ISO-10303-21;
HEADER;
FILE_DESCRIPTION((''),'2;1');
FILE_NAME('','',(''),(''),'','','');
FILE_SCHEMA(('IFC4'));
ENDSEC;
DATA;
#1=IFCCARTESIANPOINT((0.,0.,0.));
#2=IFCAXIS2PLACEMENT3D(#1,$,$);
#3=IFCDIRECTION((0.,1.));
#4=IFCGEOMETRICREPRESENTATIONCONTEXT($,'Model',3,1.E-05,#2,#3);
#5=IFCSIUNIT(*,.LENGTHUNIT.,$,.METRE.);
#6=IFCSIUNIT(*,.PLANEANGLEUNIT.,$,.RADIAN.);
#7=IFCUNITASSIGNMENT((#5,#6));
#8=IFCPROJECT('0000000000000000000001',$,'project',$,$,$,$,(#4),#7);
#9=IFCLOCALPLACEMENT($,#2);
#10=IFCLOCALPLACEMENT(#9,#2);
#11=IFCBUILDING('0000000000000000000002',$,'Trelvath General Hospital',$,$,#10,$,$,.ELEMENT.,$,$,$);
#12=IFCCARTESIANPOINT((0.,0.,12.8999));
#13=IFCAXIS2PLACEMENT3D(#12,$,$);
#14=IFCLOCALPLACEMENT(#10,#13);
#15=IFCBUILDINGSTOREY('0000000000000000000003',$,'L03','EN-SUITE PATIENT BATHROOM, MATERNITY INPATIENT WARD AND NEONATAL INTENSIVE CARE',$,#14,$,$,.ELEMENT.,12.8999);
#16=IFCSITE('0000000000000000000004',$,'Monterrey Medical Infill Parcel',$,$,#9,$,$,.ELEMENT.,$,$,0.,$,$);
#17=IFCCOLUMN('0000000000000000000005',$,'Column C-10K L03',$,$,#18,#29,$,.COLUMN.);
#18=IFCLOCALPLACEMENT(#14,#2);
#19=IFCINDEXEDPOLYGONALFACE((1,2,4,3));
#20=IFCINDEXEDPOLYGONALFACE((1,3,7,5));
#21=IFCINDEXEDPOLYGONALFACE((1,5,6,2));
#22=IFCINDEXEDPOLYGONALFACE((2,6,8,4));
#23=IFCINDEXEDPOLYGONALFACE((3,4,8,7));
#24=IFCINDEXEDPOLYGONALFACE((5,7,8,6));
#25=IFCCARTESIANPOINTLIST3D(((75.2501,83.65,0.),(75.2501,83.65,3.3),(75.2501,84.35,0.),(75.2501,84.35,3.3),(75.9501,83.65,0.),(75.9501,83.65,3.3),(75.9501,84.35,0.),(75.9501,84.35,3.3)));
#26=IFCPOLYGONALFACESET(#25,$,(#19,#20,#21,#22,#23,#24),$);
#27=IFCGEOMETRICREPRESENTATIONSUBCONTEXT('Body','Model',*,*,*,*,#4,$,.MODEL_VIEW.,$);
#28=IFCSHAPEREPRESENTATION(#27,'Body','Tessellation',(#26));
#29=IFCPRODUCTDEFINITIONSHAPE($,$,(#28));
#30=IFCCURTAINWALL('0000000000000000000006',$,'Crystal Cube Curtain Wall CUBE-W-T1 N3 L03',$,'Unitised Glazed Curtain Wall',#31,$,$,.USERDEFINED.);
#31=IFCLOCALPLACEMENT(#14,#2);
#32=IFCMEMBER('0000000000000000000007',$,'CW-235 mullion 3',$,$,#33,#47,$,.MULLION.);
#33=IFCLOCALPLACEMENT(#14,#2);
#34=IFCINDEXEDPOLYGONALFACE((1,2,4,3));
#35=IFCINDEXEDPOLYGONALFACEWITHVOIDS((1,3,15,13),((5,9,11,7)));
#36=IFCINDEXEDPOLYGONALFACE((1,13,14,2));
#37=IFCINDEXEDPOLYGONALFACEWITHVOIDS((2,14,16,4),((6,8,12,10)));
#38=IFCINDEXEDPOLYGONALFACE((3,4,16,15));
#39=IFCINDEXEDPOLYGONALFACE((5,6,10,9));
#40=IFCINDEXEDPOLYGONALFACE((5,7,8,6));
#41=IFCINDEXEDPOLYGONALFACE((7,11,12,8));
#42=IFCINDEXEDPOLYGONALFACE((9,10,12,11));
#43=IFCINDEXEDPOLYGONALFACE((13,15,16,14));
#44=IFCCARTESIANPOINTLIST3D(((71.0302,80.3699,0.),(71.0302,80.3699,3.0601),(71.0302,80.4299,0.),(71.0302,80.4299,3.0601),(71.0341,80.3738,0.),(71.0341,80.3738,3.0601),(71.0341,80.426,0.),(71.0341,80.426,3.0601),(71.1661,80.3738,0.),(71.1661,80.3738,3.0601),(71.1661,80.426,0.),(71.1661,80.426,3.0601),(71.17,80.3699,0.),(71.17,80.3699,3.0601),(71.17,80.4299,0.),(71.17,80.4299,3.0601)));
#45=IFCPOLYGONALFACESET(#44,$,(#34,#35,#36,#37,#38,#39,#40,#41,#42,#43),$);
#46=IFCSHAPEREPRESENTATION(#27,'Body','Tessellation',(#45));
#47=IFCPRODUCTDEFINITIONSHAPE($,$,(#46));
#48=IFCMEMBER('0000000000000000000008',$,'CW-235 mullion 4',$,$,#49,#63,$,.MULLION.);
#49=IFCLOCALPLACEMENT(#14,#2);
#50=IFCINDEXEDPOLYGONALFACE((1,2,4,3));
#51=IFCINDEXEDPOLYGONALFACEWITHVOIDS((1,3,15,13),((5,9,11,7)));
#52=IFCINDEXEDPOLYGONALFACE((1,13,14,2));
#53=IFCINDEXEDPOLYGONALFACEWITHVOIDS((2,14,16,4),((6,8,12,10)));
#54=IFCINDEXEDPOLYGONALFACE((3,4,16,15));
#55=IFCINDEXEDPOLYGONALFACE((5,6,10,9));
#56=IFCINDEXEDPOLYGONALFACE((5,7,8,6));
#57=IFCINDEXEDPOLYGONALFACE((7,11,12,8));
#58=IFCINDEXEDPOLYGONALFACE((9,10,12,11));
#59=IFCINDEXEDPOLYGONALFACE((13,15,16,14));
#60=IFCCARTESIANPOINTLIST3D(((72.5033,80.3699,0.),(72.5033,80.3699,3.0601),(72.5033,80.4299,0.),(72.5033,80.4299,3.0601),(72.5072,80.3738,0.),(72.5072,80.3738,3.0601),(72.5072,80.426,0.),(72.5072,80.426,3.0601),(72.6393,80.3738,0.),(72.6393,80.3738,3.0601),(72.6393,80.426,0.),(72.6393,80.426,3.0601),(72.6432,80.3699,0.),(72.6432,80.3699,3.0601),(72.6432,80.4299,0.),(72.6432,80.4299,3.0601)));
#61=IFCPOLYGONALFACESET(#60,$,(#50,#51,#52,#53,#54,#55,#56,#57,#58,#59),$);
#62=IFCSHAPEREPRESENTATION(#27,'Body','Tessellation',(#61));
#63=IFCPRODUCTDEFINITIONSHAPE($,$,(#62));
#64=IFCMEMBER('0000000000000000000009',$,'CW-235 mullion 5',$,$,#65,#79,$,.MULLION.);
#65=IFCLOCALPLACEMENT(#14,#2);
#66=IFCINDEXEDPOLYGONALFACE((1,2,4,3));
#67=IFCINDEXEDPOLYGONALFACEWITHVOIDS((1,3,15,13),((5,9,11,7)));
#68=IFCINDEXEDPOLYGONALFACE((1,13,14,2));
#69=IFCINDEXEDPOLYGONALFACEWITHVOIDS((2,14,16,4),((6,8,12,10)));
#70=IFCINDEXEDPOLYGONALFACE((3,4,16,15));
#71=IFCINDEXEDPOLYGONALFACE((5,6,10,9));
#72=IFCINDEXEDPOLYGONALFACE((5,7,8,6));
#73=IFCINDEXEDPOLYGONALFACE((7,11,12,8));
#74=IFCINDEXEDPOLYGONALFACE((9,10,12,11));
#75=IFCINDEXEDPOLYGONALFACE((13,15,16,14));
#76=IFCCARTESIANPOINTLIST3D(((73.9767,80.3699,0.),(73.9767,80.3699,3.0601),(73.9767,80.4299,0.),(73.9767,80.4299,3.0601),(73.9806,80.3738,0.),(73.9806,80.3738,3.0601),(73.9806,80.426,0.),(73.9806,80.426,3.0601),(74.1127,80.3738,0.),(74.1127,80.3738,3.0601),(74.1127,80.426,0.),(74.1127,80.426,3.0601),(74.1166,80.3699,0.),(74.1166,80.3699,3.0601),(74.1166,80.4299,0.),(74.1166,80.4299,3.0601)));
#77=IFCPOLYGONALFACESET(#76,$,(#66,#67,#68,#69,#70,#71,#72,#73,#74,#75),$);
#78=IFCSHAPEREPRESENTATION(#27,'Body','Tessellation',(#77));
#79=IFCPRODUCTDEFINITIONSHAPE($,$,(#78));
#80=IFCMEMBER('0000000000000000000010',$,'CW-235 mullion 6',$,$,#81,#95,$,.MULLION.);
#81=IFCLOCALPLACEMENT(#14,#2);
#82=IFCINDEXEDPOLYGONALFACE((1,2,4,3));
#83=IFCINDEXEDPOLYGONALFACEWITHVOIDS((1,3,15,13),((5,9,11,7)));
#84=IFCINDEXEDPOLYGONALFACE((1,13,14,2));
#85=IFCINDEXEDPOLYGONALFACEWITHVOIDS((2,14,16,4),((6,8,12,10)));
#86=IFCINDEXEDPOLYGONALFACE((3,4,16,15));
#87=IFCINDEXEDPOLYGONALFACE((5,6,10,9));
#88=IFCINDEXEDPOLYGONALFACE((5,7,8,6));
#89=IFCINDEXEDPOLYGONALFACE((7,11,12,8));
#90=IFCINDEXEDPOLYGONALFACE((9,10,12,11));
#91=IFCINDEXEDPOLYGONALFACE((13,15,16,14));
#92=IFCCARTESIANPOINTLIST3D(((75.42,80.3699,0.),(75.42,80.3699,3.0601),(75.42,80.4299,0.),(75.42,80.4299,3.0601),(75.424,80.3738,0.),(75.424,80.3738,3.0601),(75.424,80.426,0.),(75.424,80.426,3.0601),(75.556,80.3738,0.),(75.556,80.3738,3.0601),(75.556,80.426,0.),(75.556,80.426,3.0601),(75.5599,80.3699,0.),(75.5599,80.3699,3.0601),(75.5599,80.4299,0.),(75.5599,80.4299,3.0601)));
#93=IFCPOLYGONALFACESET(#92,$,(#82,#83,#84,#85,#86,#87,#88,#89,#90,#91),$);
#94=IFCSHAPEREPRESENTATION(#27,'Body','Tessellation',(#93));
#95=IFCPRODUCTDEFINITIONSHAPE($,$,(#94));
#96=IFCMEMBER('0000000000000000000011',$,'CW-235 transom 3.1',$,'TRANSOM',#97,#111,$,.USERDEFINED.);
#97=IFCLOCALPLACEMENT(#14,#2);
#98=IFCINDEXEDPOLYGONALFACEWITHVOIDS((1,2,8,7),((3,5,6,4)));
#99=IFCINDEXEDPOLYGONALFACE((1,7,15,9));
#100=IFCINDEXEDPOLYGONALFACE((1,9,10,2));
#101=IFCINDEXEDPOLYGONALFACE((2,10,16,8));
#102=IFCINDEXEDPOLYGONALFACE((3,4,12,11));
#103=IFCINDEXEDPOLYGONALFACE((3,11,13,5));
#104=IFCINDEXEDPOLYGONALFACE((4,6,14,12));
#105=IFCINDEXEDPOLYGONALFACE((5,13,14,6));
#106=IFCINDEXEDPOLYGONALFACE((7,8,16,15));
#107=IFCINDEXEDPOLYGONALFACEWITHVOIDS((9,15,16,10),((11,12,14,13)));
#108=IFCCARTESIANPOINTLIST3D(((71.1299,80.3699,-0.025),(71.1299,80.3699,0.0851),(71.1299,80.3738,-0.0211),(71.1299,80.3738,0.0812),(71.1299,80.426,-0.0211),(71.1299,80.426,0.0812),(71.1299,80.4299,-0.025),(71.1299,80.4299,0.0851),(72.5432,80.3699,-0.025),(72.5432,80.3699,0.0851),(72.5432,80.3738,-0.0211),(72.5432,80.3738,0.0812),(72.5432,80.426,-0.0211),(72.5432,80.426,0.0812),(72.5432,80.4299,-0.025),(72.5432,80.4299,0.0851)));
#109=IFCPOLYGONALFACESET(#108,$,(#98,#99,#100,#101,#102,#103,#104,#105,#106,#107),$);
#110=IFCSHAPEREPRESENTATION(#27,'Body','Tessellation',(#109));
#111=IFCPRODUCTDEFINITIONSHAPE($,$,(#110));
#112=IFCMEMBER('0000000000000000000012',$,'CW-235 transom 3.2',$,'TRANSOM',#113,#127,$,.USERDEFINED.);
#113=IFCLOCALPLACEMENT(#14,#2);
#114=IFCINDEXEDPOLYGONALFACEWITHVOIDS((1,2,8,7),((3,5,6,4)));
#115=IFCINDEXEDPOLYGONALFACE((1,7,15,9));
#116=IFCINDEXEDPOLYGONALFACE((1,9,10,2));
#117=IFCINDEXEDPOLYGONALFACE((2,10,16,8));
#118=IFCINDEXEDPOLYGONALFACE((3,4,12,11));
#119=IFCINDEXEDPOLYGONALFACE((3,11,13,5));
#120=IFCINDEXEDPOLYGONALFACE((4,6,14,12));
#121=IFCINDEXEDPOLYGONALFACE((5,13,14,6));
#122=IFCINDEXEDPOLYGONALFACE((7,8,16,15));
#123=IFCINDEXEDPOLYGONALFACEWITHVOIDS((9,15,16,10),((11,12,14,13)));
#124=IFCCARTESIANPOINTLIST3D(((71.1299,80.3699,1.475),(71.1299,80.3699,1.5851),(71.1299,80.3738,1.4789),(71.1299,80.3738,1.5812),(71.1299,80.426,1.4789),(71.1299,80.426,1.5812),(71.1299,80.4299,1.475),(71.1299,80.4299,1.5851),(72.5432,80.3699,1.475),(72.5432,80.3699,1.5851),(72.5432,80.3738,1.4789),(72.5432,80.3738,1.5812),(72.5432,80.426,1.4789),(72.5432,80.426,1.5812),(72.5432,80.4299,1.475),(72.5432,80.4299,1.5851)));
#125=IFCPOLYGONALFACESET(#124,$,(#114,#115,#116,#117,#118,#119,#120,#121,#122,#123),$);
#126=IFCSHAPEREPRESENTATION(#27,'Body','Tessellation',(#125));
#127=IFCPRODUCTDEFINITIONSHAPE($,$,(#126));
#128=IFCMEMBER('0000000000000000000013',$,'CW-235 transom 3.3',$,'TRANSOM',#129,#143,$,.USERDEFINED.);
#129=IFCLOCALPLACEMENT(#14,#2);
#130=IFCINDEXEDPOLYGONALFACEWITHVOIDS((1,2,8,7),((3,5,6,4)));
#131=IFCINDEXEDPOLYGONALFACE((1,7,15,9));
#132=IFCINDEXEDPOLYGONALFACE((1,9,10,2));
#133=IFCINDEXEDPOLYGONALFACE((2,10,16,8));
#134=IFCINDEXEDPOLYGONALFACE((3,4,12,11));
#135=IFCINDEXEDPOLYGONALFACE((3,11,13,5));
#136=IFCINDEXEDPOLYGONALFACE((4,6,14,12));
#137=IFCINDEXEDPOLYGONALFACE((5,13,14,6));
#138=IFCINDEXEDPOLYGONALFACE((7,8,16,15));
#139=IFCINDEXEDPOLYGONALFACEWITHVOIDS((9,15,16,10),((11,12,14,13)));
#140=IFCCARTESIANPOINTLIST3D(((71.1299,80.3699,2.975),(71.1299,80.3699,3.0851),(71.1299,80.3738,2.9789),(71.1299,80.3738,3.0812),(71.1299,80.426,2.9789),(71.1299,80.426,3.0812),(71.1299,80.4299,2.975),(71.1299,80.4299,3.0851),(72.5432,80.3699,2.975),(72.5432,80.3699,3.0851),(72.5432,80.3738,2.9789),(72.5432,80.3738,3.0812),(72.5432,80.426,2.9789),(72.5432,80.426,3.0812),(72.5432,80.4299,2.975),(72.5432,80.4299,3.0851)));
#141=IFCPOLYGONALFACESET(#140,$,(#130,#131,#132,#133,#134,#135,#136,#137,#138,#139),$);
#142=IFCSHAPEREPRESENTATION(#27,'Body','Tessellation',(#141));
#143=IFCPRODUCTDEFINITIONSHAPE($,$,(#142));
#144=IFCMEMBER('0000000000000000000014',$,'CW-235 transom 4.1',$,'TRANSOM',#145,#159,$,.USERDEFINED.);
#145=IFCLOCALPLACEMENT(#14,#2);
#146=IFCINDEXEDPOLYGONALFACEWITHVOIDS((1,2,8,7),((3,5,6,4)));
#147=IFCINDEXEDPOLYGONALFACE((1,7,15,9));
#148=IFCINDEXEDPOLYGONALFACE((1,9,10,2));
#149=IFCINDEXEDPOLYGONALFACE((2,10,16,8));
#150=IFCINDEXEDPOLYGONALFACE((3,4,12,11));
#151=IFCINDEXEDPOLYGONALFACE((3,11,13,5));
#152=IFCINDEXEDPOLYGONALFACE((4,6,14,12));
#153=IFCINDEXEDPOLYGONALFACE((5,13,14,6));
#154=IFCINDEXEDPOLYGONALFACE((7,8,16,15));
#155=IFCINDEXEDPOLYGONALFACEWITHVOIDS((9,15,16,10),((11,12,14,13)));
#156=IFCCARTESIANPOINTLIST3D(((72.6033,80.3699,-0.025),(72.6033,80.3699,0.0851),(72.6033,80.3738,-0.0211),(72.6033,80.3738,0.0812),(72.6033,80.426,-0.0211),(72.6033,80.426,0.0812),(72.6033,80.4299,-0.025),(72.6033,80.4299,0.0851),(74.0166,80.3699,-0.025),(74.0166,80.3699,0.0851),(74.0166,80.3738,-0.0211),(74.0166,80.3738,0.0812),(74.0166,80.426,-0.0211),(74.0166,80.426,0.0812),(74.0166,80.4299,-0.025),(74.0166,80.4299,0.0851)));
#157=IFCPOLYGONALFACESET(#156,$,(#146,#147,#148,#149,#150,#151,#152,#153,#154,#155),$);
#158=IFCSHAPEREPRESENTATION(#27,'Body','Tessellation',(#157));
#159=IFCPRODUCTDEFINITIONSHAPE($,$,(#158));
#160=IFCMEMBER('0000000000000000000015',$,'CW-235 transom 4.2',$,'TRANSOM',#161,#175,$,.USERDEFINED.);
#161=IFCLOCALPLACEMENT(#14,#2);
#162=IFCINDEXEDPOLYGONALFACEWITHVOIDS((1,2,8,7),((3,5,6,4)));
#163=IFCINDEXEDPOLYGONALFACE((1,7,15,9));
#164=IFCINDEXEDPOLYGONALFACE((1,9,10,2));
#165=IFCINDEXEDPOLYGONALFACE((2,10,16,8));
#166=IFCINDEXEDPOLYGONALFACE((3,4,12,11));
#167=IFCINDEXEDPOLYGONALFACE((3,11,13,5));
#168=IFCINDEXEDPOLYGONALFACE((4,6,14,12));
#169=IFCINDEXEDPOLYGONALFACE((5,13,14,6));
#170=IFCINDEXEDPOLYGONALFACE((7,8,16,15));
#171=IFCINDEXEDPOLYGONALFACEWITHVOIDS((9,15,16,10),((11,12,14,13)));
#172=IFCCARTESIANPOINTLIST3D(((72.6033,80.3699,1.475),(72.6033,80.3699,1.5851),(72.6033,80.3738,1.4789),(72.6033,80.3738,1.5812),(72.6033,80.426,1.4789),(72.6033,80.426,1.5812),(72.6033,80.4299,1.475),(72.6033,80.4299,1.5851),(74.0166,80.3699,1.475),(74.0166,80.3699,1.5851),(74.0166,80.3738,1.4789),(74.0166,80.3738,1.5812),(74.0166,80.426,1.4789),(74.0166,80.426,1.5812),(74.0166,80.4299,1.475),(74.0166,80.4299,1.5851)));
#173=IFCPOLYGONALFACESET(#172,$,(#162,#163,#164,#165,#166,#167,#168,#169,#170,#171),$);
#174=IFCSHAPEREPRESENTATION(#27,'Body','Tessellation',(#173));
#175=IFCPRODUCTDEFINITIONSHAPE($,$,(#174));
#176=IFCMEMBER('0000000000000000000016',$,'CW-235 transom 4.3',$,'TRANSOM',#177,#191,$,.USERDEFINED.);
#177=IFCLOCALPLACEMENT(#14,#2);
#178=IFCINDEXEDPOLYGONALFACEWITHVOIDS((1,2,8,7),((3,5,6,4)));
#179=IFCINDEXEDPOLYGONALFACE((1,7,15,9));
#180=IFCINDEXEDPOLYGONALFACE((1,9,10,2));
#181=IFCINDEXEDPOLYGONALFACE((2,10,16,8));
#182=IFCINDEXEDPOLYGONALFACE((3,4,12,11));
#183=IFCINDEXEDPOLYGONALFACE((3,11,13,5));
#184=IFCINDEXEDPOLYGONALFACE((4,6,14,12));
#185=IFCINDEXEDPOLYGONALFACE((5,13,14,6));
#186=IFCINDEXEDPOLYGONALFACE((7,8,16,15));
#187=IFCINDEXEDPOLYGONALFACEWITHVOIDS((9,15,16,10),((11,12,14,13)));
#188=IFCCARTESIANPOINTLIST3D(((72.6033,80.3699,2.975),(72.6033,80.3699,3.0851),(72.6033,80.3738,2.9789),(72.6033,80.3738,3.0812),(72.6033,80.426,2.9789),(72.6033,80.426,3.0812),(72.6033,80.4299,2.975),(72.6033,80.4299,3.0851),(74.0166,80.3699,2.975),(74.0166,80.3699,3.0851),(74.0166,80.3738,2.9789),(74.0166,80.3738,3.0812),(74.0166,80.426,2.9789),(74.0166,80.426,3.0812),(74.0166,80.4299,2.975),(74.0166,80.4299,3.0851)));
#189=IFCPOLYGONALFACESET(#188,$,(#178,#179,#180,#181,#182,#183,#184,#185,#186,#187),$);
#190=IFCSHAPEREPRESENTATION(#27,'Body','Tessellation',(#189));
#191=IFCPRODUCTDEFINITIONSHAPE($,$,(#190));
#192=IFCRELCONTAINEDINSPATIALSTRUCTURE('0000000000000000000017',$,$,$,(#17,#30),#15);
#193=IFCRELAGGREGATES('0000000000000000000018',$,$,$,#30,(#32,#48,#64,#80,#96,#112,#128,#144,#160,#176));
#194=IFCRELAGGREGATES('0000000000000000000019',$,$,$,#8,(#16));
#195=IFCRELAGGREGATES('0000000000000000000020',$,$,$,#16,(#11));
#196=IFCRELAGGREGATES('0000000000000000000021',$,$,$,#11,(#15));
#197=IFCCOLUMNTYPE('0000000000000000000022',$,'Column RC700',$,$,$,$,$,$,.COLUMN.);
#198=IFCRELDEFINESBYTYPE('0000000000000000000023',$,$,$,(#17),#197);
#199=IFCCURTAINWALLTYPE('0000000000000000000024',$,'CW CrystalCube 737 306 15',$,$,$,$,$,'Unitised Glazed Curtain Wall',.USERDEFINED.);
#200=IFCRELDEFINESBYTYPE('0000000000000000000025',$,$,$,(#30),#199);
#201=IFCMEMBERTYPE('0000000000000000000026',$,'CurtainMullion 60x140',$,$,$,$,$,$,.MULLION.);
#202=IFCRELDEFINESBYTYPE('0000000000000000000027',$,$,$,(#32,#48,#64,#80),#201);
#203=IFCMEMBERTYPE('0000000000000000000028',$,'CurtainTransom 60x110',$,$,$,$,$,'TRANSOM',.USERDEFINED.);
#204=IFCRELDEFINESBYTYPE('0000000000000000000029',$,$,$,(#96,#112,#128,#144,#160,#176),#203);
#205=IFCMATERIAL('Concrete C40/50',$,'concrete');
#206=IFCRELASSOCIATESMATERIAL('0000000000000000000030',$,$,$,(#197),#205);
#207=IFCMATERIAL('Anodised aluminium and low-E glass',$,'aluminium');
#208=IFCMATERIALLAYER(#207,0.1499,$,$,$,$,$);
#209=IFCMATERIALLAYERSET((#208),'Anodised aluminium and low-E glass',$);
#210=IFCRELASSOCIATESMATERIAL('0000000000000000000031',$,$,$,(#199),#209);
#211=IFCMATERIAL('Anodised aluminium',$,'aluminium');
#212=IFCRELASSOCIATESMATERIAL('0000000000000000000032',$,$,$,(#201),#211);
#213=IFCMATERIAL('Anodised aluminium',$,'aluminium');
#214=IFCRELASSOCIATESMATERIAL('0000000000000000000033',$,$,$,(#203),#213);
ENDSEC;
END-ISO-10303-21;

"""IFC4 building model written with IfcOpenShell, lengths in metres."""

from ifc_helpers import new_model, si_unit, direction, frame, origin, origin_2d, place, context, subcontext, project, spatial, rectangle, hollow_rectangle, extrude, material, layer, layer_set, material_profile, profile_set, type_object, element, aggregate, save


model = new_model("IFC4")

# Units and contexts
model_context = context("Model", 3, precision=1e-05, world=origin(), true_north=direction((0.0, 1.0)))
body_context = subcontext(model_context, "Body", "Model", "MODEL_VIEW")
ifc_project = project(units=[si_unit("LENGTHUNIT", "METRE"), si_unit("PLANEANGLEUNIT", "RADIAN")], contexts=[model_context])

# Site, building, storey
site_placement = place(None, origin())
site = spatial("IfcSite", under=ifc_project, at=site_placement, Name="Monterrey Medical Infill Parcel", CompositionType="ELEMENT", RefElevation=0.0)
building_placement = place(site_placement, origin())
building = spatial("IfcBuilding", under=site, at=building_placement, Name="Trelvath General Hospital", CompositionType="ELEMENT")
storey_placement = place(building_placement, frame((0.0, 0.0, 12.8999)))
storey = spatial("IfcBuildingStorey", under=building, at=storey_placement, Name="L03", Description="EN-SUITE PATIENT BATHROOM, MATERNITY INPATIENT WARD AND NEONATAL INTENSIVE CARE", CompositionType="ELEMENT", Elevation=12.8999)

# Column
ifc_material_1 = material(Name="Concrete C40/50", Category="concrete")
ifc_material_profile_1 = material_profile(ifc_material_1, rectangle(XDim=0.7, YDim=0.7, at=origin_2d()), Name="RC700x700")
ifc_profile_set_1 = profile_set([ifc_material_profile_1], Name="Concrete C40/50")
column_type = type_object("IfcColumnType", Name="Column RC700", PredefinedType="COLUMN", material=ifc_profile_set_1)
column_placement = place(storey_placement, frame((75.6001, 84.0, 0.0), z_axis=(0.0, 0.0, 1.0), x_axis=(1.0, 0.0, 0.0)))
element("IfcColumn", 1, at=column_placement, inside=storey, type_object=column_type, Name="Column C-10K L03", PredefinedType="COLUMN", context=body_context, shape_type="SweptSolid", body=[
    extrude(rectangle(XDim=0.7, YDim=0.7, at=origin_2d()), origin(), (0.0, 0.0, 1.0), 3.3),
])

# Curtain wall, members
ifc_material_2 = material(Name="Anodised aluminium and low-E glass", Category="aluminium")
ifc_layer_1 = layer(ifc_material_2, 0.1499)
ifc_layer_set_1 = layer_set([ifc_layer_1], Name="Anodised aluminium and low-E glass")
curtain_wall_type = type_object("IfcCurtainWallType", Name="CW CrystalCube 737 306 15", ElementType="Unitised Glazed Curtain Wall", PredefinedType="USERDEFINED", material=ifc_layer_set_1)
curtain_wall_placement = place(storey_placement, origin())
curtain_wall = element("IfcCurtainWall", 2, at=curtain_wall_placement, inside=storey, type_object=curtain_wall_type, Name="Crystal Cube Curtain Wall CUBE-W-T1 N3 L03", ObjectType="Unitised Glazed Curtain Wall", PredefinedType="USERDEFINED")
ifc_material_3 = material(Name="Anodised aluminium", Category="aluminium")
ifc_material_profile_2 = material_profile(ifc_material_3, hollow_rectangle(XDim=0.0601, YDim=0.1399, WallThickness=0.0039, at=origin_2d()), Name="RHS60x140x4")
ifc_profile_set_2 = profile_set([ifc_material_profile_2], Name="Anodised aluminium")
member_type_1 = type_object("IfcMemberType", Name="CurtainMullion 60x140", PredefinedType="MULLION", material=ifc_profile_set_2)
member_1_placement = place(storey_placement, frame((71.1001, 80.3999, 0.0), z_axis=(0.0, 0.0, 1.0), x_axis=(0.0, 1.0, 0.0)))
member_1 = element("IfcMember", 3, at=member_1_placement, type_object=member_type_1, Name="CW-235 mullion 3", PredefinedType="MULLION", context=body_context, shape_type="SweptSolid", body=[
    extrude(hollow_rectangle(XDim=0.0601, YDim=0.1399, WallThickness=0.0039, at=origin_2d()), origin(), (0.0, 0.0, 1.0), 3.0601),
])
member_2_placement = place(storey_placement, frame((72.5732, 80.3999, 0.0), z_axis=(0.0, 0.0, 1.0), x_axis=(0.0, 1.0, 0.0)))
member_2 = element("IfcMember", 4, at=member_2_placement, type_object=member_type_1, Name="CW-235 mullion 4", PredefinedType="MULLION", context=body_context, shape_type="SweptSolid", body=[
    extrude(hollow_rectangle(XDim=0.0601, YDim=0.1399, WallThickness=0.0039, at=origin_2d()), origin(), (0.0, 0.0, 1.0), 3.0601),
])
member_3_placement = place(storey_placement, frame((74.0466, 80.3999, 0.0), z_axis=(0.0, 0.0, 1.0), x_axis=(0.0, 1.0, 0.0)))
member_3 = element("IfcMember", 5, at=member_3_placement, type_object=member_type_1, Name="CW-235 mullion 5", PredefinedType="MULLION", context=body_context, shape_type="SweptSolid", body=[
    extrude(hollow_rectangle(XDim=0.0601, YDim=0.1399, WallThickness=0.0039, at=origin_2d()), origin(), (0.0, 0.0, 1.0), 3.0601),
])
member_4_placement = place(storey_placement, frame((75.49, 80.3999, 0.0), z_axis=(0.0, 0.0, 1.0), x_axis=(0.0, 1.0, 0.0)))
member_4 = element("IfcMember", 6, at=member_4_placement, type_object=member_type_1, Name="CW-235 mullion 6", PredefinedType="MULLION", context=body_context, shape_type="SweptSolid", body=[
    extrude(hollow_rectangle(XDim=0.0601, YDim=0.1399, WallThickness=0.0039, at=origin_2d()), origin(), (0.0, 0.0, 1.0), 3.0601),
])
ifc_material_4 = material(Name="Anodised aluminium", Category="aluminium")
ifc_material_profile_3 = material_profile(ifc_material_4, hollow_rectangle(XDim=0.0601, YDim=0.1101, WallThickness=0.0039, at=origin_2d()), Name="RHS60x110x4")
ifc_profile_set_3 = profile_set([ifc_material_profile_3], Name="Anodised aluminium")
member_type_2 = type_object("IfcMemberType", Name="CurtainTransom 60x110", ElementType="TRANSOM", PredefinedType="USERDEFINED", material=ifc_profile_set_3)
member_5_placement = place(storey_placement, frame((71.1299, 80.3999, 0.03), z_axis=(1.0, 0.0, 0.0), x_axis=(0.0, 1.0, 0.0)))
member_5 = element("IfcMember", 7, at=member_5_placement, type_object=member_type_2, Name="CW-235 transom 3.1", ObjectType="TRANSOM", PredefinedType="USERDEFINED", context=body_context, shape_type="SweptSolid", body=[
    extrude(hollow_rectangle(XDim=0.0601, YDim=0.1101, WallThickness=0.0039, at=origin_2d()), origin(), (0.0, 0.0, 1.0), 1.4133),
])
member_6_placement = place(storey_placement, frame((71.1299, 80.3999, 1.53), z_axis=(1.0, 0.0, 0.0), x_axis=(0.0, 1.0, 0.0)))
member_6 = element("IfcMember", 8, at=member_6_placement, type_object=member_type_2, Name="CW-235 transom 3.2", ObjectType="TRANSOM", PredefinedType="USERDEFINED", context=body_context, shape_type="SweptSolid", body=[
    extrude(hollow_rectangle(XDim=0.0601, YDim=0.1101, WallThickness=0.0039, at=origin_2d()), origin(), (0.0, 0.0, 1.0), 1.4133),
])
member_7_placement = place(storey_placement, frame((71.1299, 80.3999, 3.03), z_axis=(1.0, 0.0, 0.0), x_axis=(0.0, 1.0, 0.0)))
member_7 = element("IfcMember", 9, at=member_7_placement, type_object=member_type_2, Name="CW-235 transom 3.3", ObjectType="TRANSOM", PredefinedType="USERDEFINED", context=body_context, shape_type="SweptSolid", body=[
    extrude(hollow_rectangle(XDim=0.0601, YDim=0.1101, WallThickness=0.0039, at=origin_2d()), origin(), (0.0, 0.0, 1.0), 1.4133),
])
member_8_placement = place(storey_placement, frame((72.6033, 80.3999, 0.03), z_axis=(1.0, 0.0, 0.0), x_axis=(0.0, 1.0, 0.0)))
member_8 = element("IfcMember", 10, at=member_8_placement, type_object=member_type_2, Name="CW-235 transom 4.1", ObjectType="TRANSOM", PredefinedType="USERDEFINED", context=body_context, shape_type="SweptSolid", body=[
    extrude(hollow_rectangle(XDim=0.0601, YDim=0.1101, WallThickness=0.0039, at=origin_2d()), origin(), (0.0, 0.0, 1.0), 1.4133),
])
member_9_placement = place(storey_placement, frame((72.6033, 80.3999, 1.53), z_axis=(1.0, 0.0, 0.0), x_axis=(0.0, 1.0, 0.0)))
member_9 = element("IfcMember", 11, at=member_9_placement, type_object=member_type_2, Name="CW-235 transom 4.2", ObjectType="TRANSOM", PredefinedType="USERDEFINED", context=body_context, shape_type="SweptSolid", body=[
    extrude(hollow_rectangle(XDim=0.0601, YDim=0.1101, WallThickness=0.0039, at=origin_2d()), origin(), (0.0, 0.0, 1.0), 1.4133),
])
member_10_placement = place(storey_placement, frame((72.6033, 80.3999, 3.03), z_axis=(1.0, 0.0, 0.0), x_axis=(0.0, 1.0, 0.0)))
member_10 = element("IfcMember", 12, at=member_10_placement, type_object=member_type_2, Name="CW-235 transom 4.3", ObjectType="TRANSOM", PredefinedType="USERDEFINED", context=body_context, shape_type="SweptSolid", body=[
    extrude(hollow_rectangle(XDim=0.0601, YDim=0.1101, WallThickness=0.0039, at=origin_2d()), origin(), (0.0, 0.0, 1.0), 1.4133),
])

aggregate(curtain_wall, [member_1, member_2, member_3, member_4, member_5, member_6, member_7, member_8, member_9, member_10])

save(model, "model.ifc")
